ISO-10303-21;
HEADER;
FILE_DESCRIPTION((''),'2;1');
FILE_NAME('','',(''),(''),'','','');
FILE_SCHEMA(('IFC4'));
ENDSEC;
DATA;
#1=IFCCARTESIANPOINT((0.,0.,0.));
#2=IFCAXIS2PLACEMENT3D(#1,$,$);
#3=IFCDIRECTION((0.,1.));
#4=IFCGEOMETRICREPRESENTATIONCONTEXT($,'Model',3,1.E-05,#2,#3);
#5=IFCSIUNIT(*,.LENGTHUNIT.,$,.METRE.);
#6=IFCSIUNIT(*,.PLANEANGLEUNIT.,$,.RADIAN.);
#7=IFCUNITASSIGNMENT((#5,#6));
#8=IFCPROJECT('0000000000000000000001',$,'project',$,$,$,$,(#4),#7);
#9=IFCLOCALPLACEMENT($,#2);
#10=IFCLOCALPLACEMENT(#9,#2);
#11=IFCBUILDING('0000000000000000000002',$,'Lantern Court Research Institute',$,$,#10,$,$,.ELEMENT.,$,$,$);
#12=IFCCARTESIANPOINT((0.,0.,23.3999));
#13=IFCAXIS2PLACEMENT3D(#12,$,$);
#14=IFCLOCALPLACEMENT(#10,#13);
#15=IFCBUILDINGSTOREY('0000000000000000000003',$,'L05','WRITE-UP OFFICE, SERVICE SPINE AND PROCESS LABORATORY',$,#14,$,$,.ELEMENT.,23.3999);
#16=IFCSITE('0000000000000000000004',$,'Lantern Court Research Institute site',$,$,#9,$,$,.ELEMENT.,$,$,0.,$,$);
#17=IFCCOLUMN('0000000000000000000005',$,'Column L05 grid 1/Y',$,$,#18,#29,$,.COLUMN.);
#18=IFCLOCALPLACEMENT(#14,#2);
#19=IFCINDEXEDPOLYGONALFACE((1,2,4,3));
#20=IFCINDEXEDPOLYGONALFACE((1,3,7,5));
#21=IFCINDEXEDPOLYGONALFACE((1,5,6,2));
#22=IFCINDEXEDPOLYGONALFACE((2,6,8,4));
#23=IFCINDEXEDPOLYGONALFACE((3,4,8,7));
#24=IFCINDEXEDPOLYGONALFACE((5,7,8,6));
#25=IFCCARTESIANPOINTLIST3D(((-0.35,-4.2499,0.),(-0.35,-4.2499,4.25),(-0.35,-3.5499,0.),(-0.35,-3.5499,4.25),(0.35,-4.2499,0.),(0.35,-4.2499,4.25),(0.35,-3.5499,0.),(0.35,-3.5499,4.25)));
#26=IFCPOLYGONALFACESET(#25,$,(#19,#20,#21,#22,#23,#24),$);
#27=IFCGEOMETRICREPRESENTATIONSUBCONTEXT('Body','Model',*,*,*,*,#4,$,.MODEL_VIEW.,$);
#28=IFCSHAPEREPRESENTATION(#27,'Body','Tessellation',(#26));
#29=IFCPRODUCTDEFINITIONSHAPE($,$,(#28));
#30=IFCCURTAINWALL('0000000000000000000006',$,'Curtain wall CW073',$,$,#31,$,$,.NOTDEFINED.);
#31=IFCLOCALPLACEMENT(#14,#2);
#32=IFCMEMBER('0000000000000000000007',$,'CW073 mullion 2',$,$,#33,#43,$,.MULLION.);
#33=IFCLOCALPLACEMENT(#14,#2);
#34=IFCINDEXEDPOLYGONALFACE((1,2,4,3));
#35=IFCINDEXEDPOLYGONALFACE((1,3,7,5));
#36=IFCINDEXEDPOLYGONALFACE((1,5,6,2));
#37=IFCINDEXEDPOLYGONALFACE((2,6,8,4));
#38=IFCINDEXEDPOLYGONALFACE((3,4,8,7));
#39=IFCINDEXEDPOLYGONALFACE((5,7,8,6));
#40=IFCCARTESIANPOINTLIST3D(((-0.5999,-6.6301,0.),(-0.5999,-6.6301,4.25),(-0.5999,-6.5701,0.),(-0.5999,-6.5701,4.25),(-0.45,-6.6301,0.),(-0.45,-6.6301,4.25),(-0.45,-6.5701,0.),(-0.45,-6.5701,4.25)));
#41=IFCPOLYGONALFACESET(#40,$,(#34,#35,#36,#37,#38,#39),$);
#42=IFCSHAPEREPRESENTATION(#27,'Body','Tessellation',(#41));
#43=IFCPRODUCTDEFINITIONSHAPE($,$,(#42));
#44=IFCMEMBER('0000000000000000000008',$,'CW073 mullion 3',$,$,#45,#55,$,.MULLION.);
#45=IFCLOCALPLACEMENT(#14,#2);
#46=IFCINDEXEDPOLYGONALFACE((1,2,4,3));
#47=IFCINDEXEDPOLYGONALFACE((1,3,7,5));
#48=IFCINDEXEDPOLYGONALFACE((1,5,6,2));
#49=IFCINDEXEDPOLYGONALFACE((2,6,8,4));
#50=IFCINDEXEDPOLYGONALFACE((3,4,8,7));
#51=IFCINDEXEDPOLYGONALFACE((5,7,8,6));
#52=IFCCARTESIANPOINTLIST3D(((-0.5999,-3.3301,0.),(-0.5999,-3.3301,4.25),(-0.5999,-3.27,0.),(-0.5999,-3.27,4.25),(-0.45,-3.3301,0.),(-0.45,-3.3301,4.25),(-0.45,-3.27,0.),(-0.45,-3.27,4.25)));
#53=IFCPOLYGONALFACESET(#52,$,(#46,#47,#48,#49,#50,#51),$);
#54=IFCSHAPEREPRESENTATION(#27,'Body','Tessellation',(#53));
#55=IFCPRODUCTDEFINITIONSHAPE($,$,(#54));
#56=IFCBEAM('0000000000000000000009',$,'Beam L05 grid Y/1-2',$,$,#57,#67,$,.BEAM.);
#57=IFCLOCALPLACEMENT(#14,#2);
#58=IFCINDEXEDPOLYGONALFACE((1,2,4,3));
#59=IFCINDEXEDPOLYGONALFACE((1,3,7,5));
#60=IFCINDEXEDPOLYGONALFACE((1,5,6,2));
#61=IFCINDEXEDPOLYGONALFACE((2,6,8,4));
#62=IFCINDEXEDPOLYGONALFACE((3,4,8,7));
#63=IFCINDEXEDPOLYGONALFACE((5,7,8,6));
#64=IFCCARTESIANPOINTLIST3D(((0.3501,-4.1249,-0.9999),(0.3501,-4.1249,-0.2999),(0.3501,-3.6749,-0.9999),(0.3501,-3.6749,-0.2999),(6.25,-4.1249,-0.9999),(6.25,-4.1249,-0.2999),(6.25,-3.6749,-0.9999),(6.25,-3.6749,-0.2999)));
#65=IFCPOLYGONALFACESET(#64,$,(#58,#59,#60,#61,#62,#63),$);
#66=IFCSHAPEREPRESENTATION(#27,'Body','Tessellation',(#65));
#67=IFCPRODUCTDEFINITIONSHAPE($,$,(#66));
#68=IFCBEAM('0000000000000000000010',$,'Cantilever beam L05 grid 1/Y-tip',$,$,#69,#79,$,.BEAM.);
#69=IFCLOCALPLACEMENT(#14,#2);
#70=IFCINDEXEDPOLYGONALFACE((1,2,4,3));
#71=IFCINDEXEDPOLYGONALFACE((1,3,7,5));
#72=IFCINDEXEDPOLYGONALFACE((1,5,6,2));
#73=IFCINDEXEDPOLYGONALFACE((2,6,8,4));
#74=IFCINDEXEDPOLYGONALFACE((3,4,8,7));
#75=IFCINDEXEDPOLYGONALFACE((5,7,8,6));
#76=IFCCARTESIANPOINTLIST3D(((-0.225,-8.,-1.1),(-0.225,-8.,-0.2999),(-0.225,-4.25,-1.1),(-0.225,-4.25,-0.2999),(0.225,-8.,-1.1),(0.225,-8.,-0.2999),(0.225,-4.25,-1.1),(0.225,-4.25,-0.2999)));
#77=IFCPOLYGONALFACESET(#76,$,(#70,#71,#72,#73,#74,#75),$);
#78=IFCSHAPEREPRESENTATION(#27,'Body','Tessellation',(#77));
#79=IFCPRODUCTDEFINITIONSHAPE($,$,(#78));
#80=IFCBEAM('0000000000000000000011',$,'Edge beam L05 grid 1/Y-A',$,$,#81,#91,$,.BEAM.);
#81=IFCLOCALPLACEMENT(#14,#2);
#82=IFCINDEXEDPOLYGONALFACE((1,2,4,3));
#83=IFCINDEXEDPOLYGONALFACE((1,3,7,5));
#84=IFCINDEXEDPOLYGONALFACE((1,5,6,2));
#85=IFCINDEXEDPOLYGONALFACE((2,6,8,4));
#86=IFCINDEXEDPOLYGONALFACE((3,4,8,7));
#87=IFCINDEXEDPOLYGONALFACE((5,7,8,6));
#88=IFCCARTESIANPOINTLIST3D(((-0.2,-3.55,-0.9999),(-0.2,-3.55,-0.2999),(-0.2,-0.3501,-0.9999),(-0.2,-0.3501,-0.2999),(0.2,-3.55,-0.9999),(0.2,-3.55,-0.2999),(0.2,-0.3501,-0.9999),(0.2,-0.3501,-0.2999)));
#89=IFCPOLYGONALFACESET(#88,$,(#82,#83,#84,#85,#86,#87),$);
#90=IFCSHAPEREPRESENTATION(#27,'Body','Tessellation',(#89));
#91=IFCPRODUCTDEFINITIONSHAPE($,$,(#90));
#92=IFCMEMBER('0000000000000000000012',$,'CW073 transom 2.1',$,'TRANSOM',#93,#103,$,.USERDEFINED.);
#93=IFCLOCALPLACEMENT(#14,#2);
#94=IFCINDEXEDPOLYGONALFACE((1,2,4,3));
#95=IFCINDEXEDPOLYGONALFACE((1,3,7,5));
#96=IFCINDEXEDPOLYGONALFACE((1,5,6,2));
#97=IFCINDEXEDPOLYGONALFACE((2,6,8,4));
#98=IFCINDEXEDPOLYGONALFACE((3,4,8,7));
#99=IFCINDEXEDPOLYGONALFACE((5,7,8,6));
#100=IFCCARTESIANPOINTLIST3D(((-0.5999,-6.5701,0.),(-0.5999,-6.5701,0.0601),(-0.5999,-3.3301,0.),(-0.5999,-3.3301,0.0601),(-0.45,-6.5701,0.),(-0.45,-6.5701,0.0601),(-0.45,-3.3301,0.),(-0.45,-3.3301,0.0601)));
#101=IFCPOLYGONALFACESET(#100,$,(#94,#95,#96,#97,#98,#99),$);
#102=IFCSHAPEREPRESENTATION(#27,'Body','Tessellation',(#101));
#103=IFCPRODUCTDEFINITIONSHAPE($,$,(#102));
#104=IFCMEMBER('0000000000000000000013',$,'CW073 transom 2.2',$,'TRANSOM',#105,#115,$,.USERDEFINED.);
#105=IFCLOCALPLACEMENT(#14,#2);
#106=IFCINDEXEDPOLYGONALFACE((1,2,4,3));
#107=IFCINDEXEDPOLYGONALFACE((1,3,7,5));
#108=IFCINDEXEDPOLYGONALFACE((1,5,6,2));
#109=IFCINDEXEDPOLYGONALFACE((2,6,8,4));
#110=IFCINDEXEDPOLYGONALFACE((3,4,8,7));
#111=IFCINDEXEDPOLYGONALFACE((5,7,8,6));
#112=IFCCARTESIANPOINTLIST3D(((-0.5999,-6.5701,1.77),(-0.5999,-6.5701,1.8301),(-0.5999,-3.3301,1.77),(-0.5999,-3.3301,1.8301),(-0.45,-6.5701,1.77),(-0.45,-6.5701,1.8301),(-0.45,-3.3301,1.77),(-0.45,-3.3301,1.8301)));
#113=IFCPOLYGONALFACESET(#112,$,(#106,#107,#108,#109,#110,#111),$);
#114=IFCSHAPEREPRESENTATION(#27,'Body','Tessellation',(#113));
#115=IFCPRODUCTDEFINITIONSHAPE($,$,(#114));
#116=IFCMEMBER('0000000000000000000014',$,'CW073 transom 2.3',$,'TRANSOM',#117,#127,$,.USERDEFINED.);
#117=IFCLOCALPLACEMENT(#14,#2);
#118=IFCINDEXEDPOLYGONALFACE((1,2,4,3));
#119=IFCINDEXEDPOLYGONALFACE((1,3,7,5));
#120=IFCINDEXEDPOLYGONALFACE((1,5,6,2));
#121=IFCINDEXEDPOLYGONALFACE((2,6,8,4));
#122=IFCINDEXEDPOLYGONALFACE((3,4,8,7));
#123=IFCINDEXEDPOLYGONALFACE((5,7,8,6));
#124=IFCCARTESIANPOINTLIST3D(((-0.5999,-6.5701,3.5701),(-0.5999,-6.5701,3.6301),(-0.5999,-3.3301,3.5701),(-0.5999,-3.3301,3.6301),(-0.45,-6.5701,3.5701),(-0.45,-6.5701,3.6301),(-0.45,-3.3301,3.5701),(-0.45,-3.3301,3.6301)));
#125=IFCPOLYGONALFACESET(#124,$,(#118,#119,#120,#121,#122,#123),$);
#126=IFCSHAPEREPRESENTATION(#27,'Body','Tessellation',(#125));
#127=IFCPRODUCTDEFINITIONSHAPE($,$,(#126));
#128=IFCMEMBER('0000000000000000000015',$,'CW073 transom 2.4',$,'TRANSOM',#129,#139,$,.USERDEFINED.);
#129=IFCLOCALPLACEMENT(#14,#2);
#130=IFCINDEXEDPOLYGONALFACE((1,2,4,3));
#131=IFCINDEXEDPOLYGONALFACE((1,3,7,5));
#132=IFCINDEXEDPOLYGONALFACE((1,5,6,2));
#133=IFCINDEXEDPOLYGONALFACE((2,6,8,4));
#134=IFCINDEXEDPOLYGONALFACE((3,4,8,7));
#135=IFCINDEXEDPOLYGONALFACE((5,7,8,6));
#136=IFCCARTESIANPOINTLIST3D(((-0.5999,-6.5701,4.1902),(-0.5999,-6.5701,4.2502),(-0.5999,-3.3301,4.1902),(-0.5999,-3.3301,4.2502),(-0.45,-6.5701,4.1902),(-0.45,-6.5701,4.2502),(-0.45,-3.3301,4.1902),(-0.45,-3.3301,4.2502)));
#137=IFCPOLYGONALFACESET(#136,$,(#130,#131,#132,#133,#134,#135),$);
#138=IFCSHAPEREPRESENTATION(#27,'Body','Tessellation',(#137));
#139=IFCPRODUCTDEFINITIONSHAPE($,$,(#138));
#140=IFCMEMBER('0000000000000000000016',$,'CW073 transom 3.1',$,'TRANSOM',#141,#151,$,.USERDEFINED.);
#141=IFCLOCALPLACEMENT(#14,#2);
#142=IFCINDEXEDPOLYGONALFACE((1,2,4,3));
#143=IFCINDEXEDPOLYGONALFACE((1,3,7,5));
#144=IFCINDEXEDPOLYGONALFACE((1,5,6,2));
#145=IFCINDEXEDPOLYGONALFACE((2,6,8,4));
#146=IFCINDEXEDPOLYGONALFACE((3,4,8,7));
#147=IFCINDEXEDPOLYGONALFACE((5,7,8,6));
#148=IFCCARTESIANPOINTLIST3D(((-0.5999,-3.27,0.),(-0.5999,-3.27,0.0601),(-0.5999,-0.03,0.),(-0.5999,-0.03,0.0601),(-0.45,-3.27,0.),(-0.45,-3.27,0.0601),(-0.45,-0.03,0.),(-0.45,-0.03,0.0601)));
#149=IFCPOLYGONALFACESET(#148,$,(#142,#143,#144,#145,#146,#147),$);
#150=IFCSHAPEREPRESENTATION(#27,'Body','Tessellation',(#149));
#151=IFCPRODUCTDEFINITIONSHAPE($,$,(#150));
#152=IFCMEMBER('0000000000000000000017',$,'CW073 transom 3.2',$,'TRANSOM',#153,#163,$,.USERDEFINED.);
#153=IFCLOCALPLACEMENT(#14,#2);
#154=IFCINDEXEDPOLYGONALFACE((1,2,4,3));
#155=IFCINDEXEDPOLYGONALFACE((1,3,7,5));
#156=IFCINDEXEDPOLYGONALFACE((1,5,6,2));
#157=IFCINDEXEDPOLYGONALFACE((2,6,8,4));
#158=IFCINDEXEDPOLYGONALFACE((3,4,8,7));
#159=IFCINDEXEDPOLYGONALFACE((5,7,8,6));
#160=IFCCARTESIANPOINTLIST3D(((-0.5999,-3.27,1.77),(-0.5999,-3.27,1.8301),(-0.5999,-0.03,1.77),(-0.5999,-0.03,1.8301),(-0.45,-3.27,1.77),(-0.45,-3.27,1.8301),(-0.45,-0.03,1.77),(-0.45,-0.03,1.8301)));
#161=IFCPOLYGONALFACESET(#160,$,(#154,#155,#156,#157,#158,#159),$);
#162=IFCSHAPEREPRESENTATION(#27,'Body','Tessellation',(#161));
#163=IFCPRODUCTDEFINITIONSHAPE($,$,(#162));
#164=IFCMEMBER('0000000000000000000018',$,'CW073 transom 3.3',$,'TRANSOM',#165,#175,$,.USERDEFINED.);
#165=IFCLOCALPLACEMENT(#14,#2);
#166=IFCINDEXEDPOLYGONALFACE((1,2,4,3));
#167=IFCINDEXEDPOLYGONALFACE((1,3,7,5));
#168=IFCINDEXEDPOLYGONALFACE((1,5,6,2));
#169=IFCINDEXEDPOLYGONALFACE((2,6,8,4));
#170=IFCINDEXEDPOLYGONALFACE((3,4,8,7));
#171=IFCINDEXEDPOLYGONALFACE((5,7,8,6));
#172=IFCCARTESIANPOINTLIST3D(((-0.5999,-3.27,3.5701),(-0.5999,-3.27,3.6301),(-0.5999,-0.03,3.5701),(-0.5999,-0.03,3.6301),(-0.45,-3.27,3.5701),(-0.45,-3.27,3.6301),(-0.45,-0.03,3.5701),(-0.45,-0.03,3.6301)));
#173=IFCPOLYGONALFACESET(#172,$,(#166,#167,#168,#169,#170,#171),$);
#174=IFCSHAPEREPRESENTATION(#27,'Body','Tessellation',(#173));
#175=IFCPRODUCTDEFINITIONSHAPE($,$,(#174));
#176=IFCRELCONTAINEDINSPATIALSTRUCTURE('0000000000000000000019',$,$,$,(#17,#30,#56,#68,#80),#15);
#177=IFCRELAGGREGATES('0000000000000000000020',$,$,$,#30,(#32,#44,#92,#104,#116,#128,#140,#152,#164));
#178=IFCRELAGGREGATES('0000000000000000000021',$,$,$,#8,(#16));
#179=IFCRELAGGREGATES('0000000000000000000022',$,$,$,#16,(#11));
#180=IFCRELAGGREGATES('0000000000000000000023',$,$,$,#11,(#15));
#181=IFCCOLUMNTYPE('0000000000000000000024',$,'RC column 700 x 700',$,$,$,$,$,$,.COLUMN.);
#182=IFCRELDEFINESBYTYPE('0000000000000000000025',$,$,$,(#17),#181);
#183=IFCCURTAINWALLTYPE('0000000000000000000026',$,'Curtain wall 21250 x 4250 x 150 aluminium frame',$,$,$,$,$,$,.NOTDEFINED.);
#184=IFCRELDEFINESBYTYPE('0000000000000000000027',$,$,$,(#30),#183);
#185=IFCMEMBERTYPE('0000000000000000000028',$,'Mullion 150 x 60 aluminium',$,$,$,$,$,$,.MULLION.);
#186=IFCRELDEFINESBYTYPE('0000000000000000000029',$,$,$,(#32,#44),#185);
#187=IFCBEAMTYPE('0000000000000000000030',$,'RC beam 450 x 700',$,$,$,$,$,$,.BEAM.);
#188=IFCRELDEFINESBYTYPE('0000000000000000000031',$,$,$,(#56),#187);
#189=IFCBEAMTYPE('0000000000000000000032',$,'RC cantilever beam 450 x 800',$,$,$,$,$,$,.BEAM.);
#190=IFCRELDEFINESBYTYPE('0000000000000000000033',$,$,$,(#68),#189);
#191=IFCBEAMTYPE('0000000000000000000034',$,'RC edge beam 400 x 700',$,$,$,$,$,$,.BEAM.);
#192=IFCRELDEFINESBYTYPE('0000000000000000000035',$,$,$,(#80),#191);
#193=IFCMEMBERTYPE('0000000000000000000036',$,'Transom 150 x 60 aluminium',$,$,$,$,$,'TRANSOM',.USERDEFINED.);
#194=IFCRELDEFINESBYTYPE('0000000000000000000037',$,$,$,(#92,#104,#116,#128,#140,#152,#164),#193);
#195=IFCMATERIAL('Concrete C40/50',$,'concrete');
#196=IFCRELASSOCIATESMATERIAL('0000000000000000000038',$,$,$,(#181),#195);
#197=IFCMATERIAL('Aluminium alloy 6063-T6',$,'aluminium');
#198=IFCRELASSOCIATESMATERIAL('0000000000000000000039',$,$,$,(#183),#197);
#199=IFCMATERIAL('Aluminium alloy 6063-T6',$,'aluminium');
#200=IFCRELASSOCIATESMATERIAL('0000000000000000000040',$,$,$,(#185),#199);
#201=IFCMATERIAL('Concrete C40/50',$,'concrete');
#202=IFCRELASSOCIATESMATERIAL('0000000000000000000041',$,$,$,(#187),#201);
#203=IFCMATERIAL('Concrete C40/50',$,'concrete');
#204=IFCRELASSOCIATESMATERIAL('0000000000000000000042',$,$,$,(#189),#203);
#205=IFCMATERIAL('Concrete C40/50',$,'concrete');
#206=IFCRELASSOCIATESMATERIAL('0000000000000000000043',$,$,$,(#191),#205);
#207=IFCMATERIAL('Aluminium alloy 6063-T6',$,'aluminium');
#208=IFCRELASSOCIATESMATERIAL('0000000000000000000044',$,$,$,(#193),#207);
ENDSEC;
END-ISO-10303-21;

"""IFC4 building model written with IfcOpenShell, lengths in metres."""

from ifc_helpers import new_model, si_unit, direction, frame, origin, origin_2d, place, context, subcontext, project, spatial, rectangle, extrude, material, material_profile, profile_set, type_object, element, aggregate, save


model = new_model("IFC4")

# Units and contexts
model_context = context("Model", 3, precision=1e-05, world=origin(), true_north=direction((0.0, 1.0)))
body_context = subcontext(model_context, "Body", "Model", "MODEL_VIEW")
ifc_project = project(units=[si_unit("LENGTHUNIT", "METRE"), si_unit("PLANEANGLEUNIT", "RADIAN")], contexts=[model_context])

# Site, building, storey
site_placement = place(None, origin())
site = spatial("IfcSite", under=ifc_project, at=site_placement, Name="Lantern Court Research Institute site", CompositionType="ELEMENT", RefElevation=0.0)
building_placement = place(site_placement, origin())
building = spatial("IfcBuilding", under=site, at=building_placement, Name="Lantern Court Research Institute", CompositionType="ELEMENT")
storey_placement = place(building_placement, frame((0.0, 0.0, 23.3999)))
storey = spatial("IfcBuildingStorey", under=building, at=storey_placement, Name="L05", Description="WRITE-UP OFFICE, SERVICE SPINE AND PROCESS LABORATORY", CompositionType="ELEMENT", Elevation=23.3999)

# Column
ifc_material_1 = material(Name="Concrete C40/50", Category="concrete")
ifc_material_profile_1 = material_profile(ifc_material_1, rectangle(XDim=0.7, YDim=0.7, at=origin_2d()), Name="RC column 700 x 700")
ifc_profile_set_1 = profile_set([ifc_material_profile_1], Name="Concrete C40/50")
column_type = type_object("IfcColumnType", Name="RC column 700 x 700", PredefinedType="COLUMN", material=ifc_profile_set_1)
column_placement = place(storey_placement, frame((0.0, -3.8999, 0.0), z_axis=(0.0, 0.0, 1.0), x_axis=(1.0, 0.0, 0.0)))
element("IfcColumn", 1, at=column_placement, inside=storey, type_object=column_type, Name="Column L05 grid 1/Y", PredefinedType="COLUMN", context=body_context, shape_type="SweptSolid", body=[
    extrude(rectangle(XDim=0.7, YDim=0.7, at=origin_2d()), origin(), (0.0, 0.0, 1.0), 4.25),
])

# Curtain wall, members
ifc_material_2 = material(Name="Aluminium alloy 6063-T6", Category="aluminium")
curtain_wall_type = type_object("IfcCurtainWallType", Name="Curtain wall 21250 x 4250 x 150 aluminium frame", PredefinedType="NOTDEFINED", material=ifc_material_2)
curtain_wall_placement = place(storey_placement, origin())
curtain_wall = element("IfcCurtainWall", 2, at=curtain_wall_placement, inside=storey, type_object=curtain_wall_type, Name="Curtain wall CW073", PredefinedType="NOTDEFINED")
ifc_material_3 = material(Name="Aluminium alloy 6063-T6", Category="aluminium")
ifc_material_profile_2 = material_profile(ifc_material_3, rectangle(XDim=0.1499, YDim=0.0601, at=origin_2d()), Name="Mullion 150 x 60")
ifc_profile_set_2 = profile_set([ifc_material_profile_2], Name="Aluminium alloy 6063-T6")
member_type_1 = type_object("IfcMemberType", Name="Mullion 150 x 60 aluminium", PredefinedType="MULLION", material=ifc_profile_set_2)
member_1_placement = place(storey_placement, frame((-0.5249, -6.6001, 0.0), z_axis=(0.0, 0.0, 1.0), x_axis=(-1.0, 0.0, 0.0)))
member_1 = element("IfcMember", 3, at=member_1_placement, type_object=member_type_1, Name="CW073 mullion 2", PredefinedType="MULLION", context=body_context, shape_type="SweptSolid", body=[
    extrude(rectangle(XDim=0.1499, YDim=0.0601, at=origin_2d()), origin(), (0.0, 0.0, 1.0), 4.25),
])
member_2_placement = place(storey_placement, frame((-0.5249, -3.3, 0.0), z_axis=(0.0, 0.0, 1.0), x_axis=(-1.0, 0.0, 0.0)))
member_2 = element("IfcMember", 4, at=member_2_placement, type_object=member_type_1, Name="CW073 mullion 3", PredefinedType="MULLION", context=body_context, shape_type="SweptSolid", body=[
    extrude(rectangle(XDim=0.1499, YDim=0.0601, at=origin_2d()), origin(), (0.0, 0.0, 1.0), 4.25),
])

# Beams
ifc_material_4 = material(Name="Concrete C40/50", Category="concrete")
ifc_material_profile_3 = material_profile(ifc_material_4, rectangle(XDim=0.45, YDim=0.7, at=origin_2d()), Name="RC beam 450 x 700")
ifc_profile_set_3 = profile_set([ifc_material_profile_3], Name="Concrete C40/50")
beam_type_1 = type_object("IfcBeamType", Name="RC beam 450 x 700", PredefinedType="BEAM", material=ifc_profile_set_3)
beam_1_placement = place(storey_placement, frame((0.3501, -3.8999, -0.6499), z_axis=(1.0, 0.0, 0.0), x_axis=(0.0, 1.0, 0.0)))
element("IfcBeam", 5, at=beam_1_placement, inside=storey, type_object=beam_type_1, Name="Beam L05 grid Y/1-2", PredefinedType="BEAM", context=body_context, shape_type="SweptSolid", body=[
    extrude(rectangle(XDim=0.45, YDim=0.7, at=origin_2d()), origin(), (0.0, 0.0, 1.0), 5.8999),
])
ifc_material_5 = material(Name="Concrete C40/50", Category="concrete")
ifc_material_profile_4 = material_profile(ifc_material_5, rectangle(XDim=0.45, YDim=0.8, at=origin_2d()), Name="RC beam 450 x 800")
ifc_profile_set_4 = profile_set([ifc_material_profile_4], Name="Concrete C40/50")
beam_type_2 = type_object("IfcBeamType", Name="RC cantilever beam 450 x 800", PredefinedType="BEAM", material=ifc_profile_set_4)
beam_2_placement = place(storey_placement, frame((0.0, -4.25, -0.7), z_axis=(0.0, -1.0, 0.0), x_axis=(1.0, 0.0, 0.0)))
element("IfcBeam", 6, at=beam_2_placement, inside=storey, type_object=beam_type_2, Name="Cantilever beam L05 grid 1/Y-tip", PredefinedType="BEAM", context=body_context, shape_type="SweptSolid", body=[
    extrude(rectangle(XDim=0.45, YDim=0.8, at=origin_2d()), origin(), (0.0, 0.0, 1.0), 3.75),
])
ifc_material_6 = material(Name="Concrete C40/50", Category="concrete")
ifc_material_profile_5 = material_profile(ifc_material_6, rectangle(XDim=0.3999, YDim=0.7, at=origin_2d()), Name="RC beam 400 x 700")
ifc_profile_set_5 = profile_set([ifc_material_profile_5], Name="Concrete C40/50")
beam_type_3 = type_object("IfcBeamType", Name="RC edge beam 400 x 700", PredefinedType="BEAM", material=ifc_profile_set_5)
beam_3_placement = place(storey_placement, frame((0.0, -3.55, -0.6499), z_axis=(0.0, 1.0, 0.0), x_axis=(-1.0, 0.0, 0.0)))
element("IfcBeam", 7, at=beam_3_placement, inside=storey, type_object=beam_type_3, Name="Edge beam L05 grid 1/Y-A", PredefinedType="BEAM", context=body_context, shape_type="SweptSolid", body=[
    extrude(rectangle(XDim=0.3999, YDim=0.7, at=origin_2d()), origin(), (0.0, 0.0, 1.0), 3.2),
])

# Members
ifc_material_7 = material(Name="Aluminium alloy 6063-T6", Category="aluminium")
ifc_material_profile_6 = material_profile(ifc_material_7, rectangle(XDim=0.1499, YDim=0.0601, at=origin_2d()), Name="Transom 150 x 60")
ifc_profile_set_6 = profile_set([ifc_material_profile_6], Name="Aluminium alloy 6063-T6")
member_type_2 = type_object("IfcMemberType", Name="Transom 150 x 60 aluminium", ElementType="TRANSOM", PredefinedType="USERDEFINED", material=ifc_profile_set_6)
member_3_placement = place(storey_placement, frame((-0.5249, -6.5701, 0.03), z_axis=(0.0, 1.0, 0.0), x_axis=(-1.0, 0.0, 0.0)))
member_3 = element("IfcMember", 8, at=member_3_placement, type_object=member_type_2, Name="CW073 transom 2.1", ObjectType="TRANSOM", PredefinedType="USERDEFINED", context=body_context, shape_type="SweptSolid", body=[
    extrude(rectangle(XDim=0.1499, YDim=0.0601, at=origin_2d()), origin(), (0.0, 0.0, 1.0), 3.24),
])
member_4_placement = place(storey_placement, frame((-0.5249, -6.5701, 1.8), z_axis=(0.0, 1.0, 0.0), x_axis=(-1.0, 0.0, 0.0)))
member_4 = element("IfcMember", 9, at=member_4_placement, type_object=member_type_2, Name="CW073 transom 2.2", ObjectType="TRANSOM", PredefinedType="USERDEFINED", context=body_context, shape_type="SweptSolid", body=[
    extrude(rectangle(XDim=0.1499, YDim=0.0601, at=origin_2d()), origin(), (0.0, 0.0, 1.0), 3.24),
])
member_5_placement = place(storey_placement, frame((-0.5249, -6.5701, 3.6001), z_axis=(0.0, 1.0, 0.0), x_axis=(-1.0, 0.0, 0.0)))
member_5 = element("IfcMember", 10, at=member_5_placement, type_object=member_type_2, Name="CW073 transom 2.3", ObjectType="TRANSOM", PredefinedType="USERDEFINED", context=body_context, shape_type="SweptSolid", body=[
    extrude(rectangle(XDim=0.1499, YDim=0.0601, at=origin_2d()), origin(), (0.0, 0.0, 1.0), 3.24),
])
member_6_placement = place(storey_placement, frame((-0.5249, -6.5701, 4.2202), z_axis=(0.0, 1.0, 0.0), x_axis=(-1.0, 0.0, 0.0)))
member_6 = element("IfcMember", 11, at=member_6_placement, type_object=member_type_2, Name="CW073 transom 2.4", ObjectType="TRANSOM", PredefinedType="USERDEFINED", context=body_context, shape_type="SweptSolid", body=[
    extrude(rectangle(XDim=0.1499, YDim=0.0601, at=origin_2d()), origin(), (0.0, 0.0, 1.0), 3.24),
])
member_7_placement = place(storey_placement, frame((-0.5249, -3.27, 0.03), z_axis=(0.0, 1.0, 0.0), x_axis=(-1.0, 0.0, 0.0)))
member_7 = element("IfcMember", 12, at=member_7_placement, type_object=member_type_2, Name="CW073 transom 3.1", ObjectType="TRANSOM", PredefinedType="USERDEFINED", context=body_context, shape_type="SweptSolid", body=[
    extrude(rectangle(XDim=0.1499, YDim=0.0601, at=origin_2d()), origin(), (0.0, 0.0, 1.0), 3.24),
])
member_8_placement = place(storey_placement, frame((-0.5249, -3.27, 1.8), z_axis=(0.0, 1.0, 0.0), x_axis=(-1.0, 0.0, 0.0)))
member_8 = element("IfcMember", 13, at=member_8_placement, type_object=member_type_2, Name="CW073 transom 3.2", ObjectType="TRANSOM", PredefinedType="USERDEFINED", context=body_context, shape_type="SweptSolid", body=[
    extrude(rectangle(XDim=0.1499, YDim=0.0601, at=origin_2d()), origin(), (0.0, 0.0, 1.0), 3.24),
])
member_9_placement = place(storey_placement, frame((-0.5249, -3.27, 3.6001), z_axis=(0.0, 1.0, 0.0), x_axis=(-1.0, 0.0, 0.0)))
member_9 = element("IfcMember", 14, at=member_9_placement, type_object=member_type_2, Name="CW073 transom 3.3", ObjectType="TRANSOM", PredefinedType="USERDEFINED", context=body_context, shape_type="SweptSolid", body=[
    extrude(rectangle(XDim=0.1499, YDim=0.0601, at=origin_2d()), origin(), (0.0, 0.0, 1.0), 3.24),
])

aggregate(curtain_wall, [member_1, member_2, member_3, member_4, member_5, member_6, member_7, member_8, member_9])

save(model, "model.ifc")
